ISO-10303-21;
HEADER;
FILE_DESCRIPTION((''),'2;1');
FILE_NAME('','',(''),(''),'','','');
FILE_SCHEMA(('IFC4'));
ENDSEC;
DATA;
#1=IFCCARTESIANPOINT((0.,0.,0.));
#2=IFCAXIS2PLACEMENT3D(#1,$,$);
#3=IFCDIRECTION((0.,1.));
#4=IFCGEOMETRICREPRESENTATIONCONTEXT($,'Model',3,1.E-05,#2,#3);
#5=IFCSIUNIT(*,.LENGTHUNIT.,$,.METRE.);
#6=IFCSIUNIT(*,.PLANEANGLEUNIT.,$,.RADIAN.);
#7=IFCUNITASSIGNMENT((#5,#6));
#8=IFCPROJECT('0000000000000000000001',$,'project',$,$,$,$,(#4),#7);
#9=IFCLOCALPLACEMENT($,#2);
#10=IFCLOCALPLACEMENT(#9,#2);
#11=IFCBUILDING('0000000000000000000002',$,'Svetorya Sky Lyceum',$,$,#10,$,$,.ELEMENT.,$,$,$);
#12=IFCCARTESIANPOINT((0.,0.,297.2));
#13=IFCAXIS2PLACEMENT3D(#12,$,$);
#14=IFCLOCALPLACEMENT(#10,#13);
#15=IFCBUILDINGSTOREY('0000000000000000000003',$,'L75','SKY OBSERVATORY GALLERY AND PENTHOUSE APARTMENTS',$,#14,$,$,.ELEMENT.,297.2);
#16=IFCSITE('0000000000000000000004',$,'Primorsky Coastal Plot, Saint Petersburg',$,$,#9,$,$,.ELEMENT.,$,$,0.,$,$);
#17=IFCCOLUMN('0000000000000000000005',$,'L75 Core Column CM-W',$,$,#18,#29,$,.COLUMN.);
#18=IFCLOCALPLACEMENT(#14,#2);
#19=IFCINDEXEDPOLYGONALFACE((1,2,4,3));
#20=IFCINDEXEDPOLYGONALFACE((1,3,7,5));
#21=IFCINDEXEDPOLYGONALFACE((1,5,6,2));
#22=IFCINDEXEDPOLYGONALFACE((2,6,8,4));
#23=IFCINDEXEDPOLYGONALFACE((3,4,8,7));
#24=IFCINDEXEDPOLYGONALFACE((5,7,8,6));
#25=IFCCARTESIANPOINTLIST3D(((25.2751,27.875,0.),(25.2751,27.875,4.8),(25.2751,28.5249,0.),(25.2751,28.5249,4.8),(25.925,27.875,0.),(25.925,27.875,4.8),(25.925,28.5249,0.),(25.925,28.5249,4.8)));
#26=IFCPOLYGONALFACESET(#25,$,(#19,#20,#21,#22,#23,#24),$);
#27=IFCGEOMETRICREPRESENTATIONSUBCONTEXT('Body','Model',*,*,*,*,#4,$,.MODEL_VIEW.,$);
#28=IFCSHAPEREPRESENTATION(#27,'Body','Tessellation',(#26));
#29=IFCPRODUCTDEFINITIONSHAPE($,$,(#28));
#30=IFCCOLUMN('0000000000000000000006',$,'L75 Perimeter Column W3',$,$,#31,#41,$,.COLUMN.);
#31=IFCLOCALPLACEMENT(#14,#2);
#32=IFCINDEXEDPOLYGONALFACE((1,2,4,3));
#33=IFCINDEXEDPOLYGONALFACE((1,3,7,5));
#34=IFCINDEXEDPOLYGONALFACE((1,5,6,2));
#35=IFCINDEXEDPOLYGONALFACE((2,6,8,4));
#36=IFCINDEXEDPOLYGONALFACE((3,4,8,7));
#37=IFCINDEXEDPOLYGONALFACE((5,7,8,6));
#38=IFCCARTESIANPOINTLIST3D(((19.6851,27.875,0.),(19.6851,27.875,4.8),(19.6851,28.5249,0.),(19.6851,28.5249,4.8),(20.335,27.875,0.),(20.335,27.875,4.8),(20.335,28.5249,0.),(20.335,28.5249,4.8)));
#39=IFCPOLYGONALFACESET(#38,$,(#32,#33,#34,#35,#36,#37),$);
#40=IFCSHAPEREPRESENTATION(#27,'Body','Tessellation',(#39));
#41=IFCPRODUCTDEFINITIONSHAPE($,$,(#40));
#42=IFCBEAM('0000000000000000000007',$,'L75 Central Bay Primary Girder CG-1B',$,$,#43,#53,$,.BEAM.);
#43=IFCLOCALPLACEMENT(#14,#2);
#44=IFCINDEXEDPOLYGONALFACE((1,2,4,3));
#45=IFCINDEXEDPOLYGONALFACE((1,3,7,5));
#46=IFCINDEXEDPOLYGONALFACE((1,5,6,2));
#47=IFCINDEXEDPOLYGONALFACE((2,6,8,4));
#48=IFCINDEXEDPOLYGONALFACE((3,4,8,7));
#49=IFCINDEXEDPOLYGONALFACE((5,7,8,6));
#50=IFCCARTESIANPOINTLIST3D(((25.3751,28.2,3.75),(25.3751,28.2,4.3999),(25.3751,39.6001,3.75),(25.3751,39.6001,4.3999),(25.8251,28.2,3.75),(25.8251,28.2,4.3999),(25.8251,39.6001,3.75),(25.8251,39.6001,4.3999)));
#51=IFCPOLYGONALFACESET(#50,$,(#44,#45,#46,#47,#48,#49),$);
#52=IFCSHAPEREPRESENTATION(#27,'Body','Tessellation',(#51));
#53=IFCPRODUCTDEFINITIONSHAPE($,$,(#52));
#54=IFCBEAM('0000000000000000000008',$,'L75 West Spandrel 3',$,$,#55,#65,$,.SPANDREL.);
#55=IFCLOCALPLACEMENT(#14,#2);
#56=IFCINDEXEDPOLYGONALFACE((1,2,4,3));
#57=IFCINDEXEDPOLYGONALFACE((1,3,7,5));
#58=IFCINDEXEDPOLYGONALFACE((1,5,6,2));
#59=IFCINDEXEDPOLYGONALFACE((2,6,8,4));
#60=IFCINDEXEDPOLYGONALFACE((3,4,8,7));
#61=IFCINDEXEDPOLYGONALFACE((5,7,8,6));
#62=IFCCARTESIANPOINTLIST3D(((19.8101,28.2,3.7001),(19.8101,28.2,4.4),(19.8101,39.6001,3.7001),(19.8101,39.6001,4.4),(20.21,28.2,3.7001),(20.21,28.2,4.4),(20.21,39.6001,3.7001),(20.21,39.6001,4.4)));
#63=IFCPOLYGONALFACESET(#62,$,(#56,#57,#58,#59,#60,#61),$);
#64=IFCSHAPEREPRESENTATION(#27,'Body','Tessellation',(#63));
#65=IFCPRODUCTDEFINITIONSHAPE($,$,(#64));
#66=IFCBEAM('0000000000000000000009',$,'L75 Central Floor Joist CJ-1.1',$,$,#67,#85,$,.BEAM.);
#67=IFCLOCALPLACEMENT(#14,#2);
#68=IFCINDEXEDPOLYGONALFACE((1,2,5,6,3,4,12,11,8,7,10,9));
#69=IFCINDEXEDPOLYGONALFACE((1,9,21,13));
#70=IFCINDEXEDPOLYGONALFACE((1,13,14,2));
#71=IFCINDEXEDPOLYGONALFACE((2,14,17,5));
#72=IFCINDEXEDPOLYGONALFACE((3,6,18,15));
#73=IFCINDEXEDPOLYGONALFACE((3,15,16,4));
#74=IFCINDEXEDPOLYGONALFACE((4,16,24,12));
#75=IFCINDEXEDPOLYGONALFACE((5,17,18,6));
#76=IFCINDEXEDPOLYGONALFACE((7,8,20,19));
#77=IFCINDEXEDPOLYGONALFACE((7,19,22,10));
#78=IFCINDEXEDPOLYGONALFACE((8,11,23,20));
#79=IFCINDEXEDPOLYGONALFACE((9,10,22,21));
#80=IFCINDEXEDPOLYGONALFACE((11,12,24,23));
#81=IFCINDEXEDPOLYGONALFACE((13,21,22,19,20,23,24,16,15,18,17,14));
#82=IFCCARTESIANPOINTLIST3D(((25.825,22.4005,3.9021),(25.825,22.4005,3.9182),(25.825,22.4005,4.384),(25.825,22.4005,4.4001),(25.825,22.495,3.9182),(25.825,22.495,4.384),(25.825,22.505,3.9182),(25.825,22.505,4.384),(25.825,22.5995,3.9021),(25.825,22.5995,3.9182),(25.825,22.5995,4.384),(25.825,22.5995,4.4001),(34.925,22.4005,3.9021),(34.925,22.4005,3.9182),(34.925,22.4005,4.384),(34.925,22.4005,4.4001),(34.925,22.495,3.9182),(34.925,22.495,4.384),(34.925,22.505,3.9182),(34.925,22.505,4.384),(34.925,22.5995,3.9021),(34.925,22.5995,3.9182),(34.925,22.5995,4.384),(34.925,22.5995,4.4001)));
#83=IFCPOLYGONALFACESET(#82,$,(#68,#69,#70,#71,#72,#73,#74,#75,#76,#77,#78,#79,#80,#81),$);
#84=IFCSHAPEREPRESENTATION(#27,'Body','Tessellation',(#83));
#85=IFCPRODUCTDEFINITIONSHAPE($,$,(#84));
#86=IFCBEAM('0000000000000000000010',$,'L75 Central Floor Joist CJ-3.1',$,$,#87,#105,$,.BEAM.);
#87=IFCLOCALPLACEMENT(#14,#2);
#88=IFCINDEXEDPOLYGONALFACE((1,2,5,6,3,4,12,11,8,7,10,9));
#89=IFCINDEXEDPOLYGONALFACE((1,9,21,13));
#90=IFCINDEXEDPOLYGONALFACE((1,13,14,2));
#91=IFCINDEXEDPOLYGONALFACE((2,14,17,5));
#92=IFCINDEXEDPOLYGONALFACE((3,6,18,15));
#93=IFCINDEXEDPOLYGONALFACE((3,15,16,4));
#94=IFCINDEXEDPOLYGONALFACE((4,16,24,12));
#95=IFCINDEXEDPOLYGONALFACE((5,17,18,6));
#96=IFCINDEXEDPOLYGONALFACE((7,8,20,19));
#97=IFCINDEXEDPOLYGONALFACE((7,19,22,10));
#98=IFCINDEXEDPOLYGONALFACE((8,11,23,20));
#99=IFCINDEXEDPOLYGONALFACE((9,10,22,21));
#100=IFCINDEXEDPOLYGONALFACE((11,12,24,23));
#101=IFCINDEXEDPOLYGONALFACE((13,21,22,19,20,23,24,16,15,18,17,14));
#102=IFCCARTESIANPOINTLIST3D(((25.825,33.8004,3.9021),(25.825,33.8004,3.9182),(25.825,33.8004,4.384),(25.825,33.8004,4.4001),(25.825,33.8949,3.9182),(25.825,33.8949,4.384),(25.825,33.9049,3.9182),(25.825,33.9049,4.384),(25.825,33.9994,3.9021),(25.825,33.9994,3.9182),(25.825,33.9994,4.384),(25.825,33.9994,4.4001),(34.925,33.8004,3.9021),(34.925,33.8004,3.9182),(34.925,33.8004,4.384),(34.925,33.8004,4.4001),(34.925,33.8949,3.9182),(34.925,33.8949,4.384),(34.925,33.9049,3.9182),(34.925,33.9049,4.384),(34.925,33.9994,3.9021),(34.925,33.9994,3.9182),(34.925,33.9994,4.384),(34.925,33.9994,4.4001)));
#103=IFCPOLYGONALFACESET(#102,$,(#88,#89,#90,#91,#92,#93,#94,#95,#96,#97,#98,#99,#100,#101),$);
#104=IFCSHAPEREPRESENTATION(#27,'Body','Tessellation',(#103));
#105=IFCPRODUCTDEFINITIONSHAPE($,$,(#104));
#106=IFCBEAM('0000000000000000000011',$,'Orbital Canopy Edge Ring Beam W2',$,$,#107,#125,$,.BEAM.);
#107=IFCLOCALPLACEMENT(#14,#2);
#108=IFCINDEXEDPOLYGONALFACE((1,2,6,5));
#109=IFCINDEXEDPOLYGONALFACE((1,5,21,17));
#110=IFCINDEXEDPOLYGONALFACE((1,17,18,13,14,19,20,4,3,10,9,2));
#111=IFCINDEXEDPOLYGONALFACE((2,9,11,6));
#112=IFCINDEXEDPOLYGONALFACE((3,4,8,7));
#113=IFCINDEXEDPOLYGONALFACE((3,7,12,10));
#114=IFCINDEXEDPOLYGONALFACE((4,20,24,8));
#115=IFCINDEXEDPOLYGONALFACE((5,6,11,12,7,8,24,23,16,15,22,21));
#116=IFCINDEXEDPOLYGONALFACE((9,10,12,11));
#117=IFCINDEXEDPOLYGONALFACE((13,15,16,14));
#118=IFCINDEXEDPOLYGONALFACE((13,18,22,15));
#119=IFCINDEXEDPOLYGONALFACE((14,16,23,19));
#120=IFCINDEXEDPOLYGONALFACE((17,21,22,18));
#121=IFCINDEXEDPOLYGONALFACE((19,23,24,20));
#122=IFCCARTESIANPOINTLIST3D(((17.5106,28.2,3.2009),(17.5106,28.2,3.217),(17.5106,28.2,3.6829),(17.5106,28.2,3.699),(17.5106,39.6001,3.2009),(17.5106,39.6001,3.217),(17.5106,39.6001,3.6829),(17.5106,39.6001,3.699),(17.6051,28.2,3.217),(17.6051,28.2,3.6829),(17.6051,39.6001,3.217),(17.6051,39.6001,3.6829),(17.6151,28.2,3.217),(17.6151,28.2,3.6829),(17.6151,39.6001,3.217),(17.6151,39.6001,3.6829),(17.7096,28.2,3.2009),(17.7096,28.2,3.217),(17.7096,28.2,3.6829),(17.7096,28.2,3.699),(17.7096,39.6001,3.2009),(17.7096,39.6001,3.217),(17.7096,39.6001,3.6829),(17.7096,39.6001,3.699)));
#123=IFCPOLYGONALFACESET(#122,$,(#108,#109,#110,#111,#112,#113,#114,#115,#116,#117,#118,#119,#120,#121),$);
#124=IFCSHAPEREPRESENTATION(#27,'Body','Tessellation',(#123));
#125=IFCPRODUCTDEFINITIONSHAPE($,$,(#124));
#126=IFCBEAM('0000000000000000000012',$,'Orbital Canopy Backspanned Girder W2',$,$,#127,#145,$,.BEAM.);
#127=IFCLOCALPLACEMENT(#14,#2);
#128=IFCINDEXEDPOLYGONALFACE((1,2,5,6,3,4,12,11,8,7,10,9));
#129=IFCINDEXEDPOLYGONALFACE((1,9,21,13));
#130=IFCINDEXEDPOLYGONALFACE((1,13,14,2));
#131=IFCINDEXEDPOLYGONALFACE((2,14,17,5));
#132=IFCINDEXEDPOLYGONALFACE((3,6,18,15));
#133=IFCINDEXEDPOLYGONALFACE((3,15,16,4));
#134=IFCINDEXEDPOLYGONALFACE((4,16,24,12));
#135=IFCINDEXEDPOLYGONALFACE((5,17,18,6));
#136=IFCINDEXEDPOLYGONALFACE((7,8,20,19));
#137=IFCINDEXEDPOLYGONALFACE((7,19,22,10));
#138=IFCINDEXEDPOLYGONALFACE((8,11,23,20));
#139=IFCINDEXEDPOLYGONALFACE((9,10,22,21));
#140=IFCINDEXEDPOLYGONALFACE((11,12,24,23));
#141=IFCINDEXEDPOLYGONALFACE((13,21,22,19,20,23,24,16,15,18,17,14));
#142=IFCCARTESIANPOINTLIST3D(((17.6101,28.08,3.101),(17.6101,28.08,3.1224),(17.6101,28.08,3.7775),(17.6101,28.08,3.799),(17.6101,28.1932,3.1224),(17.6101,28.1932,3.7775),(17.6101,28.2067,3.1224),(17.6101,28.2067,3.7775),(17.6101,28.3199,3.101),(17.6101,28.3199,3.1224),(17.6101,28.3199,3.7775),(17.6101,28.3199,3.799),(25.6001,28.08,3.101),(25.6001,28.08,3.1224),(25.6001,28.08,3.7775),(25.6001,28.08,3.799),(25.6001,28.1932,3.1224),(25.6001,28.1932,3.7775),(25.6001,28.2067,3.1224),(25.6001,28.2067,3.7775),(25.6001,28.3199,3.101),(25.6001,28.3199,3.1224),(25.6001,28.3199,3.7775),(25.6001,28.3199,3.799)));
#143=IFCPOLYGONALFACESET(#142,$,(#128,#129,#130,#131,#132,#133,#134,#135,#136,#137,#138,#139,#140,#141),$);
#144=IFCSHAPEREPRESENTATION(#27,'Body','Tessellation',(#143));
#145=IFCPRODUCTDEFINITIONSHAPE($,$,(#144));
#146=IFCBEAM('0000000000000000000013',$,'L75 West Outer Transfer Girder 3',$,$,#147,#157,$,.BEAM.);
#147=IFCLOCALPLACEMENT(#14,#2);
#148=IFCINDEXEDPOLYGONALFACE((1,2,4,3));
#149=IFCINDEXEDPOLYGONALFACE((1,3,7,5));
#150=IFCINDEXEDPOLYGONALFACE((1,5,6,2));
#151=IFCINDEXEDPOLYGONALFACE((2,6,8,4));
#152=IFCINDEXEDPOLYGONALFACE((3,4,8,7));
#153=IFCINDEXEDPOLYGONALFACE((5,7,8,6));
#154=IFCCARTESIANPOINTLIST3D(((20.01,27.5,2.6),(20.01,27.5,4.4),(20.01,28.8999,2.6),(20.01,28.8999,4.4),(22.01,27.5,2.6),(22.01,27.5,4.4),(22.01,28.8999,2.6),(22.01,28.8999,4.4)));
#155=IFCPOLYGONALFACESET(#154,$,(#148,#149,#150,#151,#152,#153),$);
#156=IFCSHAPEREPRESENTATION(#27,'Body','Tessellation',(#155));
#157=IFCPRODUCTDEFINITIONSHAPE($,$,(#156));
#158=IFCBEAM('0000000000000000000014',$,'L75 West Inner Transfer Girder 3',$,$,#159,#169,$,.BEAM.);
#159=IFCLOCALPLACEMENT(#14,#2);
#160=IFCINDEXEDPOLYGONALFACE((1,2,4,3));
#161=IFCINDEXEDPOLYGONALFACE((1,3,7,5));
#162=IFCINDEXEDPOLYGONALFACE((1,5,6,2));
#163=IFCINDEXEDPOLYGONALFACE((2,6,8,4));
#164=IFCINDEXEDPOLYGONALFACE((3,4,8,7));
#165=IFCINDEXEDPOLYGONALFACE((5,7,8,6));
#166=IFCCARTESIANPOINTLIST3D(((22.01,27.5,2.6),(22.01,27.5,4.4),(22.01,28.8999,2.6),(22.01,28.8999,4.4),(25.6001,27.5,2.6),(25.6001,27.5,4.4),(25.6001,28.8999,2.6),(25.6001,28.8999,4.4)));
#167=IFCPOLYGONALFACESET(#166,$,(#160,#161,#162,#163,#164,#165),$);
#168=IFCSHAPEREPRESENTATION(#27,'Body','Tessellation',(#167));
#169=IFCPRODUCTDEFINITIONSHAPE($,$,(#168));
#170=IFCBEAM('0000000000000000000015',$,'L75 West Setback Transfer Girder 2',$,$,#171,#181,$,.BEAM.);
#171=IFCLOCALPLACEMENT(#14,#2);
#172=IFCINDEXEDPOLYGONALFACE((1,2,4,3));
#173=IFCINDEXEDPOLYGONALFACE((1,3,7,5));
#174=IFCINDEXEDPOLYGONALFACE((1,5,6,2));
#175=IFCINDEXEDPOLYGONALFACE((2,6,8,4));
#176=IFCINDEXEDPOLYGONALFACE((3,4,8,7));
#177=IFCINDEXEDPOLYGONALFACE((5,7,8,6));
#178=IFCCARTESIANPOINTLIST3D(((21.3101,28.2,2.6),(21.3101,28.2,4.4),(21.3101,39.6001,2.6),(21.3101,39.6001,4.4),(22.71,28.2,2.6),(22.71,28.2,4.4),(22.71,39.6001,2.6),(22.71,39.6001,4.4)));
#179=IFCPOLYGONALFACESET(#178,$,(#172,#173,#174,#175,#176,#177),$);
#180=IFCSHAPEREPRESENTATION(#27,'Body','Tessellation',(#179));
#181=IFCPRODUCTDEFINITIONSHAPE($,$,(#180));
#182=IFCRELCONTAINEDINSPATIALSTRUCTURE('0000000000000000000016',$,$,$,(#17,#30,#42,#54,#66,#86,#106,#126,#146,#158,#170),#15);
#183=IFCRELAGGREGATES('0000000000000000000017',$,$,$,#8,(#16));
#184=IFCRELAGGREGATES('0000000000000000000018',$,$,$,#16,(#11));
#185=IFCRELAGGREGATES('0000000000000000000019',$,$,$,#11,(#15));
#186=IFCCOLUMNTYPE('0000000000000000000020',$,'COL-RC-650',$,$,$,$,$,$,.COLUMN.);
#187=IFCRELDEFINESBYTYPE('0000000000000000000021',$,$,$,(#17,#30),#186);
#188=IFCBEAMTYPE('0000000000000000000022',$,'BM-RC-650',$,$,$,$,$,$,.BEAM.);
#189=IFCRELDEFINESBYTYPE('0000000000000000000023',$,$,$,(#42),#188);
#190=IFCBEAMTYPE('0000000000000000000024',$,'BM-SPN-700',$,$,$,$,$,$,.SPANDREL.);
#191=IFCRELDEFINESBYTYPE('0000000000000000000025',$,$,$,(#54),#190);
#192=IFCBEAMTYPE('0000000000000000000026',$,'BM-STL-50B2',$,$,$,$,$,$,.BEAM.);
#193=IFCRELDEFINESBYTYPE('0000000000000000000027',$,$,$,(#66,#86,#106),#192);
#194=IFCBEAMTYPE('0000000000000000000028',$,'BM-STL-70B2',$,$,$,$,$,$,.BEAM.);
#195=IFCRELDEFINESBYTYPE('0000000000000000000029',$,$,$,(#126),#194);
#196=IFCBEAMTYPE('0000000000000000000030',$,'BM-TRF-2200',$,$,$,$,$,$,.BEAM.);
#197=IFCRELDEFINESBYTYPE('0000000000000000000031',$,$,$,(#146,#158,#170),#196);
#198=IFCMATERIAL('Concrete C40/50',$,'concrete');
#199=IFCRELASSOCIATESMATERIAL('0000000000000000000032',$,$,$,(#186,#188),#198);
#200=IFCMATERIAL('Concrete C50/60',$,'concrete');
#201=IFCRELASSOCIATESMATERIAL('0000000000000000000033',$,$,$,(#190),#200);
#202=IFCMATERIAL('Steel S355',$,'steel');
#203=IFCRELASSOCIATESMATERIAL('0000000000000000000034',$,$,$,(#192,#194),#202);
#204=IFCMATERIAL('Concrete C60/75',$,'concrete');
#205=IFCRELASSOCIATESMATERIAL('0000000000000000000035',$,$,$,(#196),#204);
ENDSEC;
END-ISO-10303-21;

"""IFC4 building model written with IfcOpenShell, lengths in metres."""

from ifc_helpers import new_model, si_unit, direction, frame, origin, origin_2d, place, context, subcontext, project, spatial, rectangle, i_section, extrude, material, material_profile, profile_set, type_object, element, save


model = new_model("IFC4")

# Units and contexts
model_context = context("Model", 3, precision=1e-05, world=origin(), true_north=direction((0.0, 1.0)))
body_context = subcontext(model_context, "Body", "Model", "MODEL_VIEW")
ifc_project = project(units=[si_unit("LENGTHUNIT", "METRE"), si_unit("PLANEANGLEUNIT", "RADIAN")], contexts=[model_context])

# Site, building, storey
site_placement = place(None, origin())
site = spatial("IfcSite", under=ifc_project, at=site_placement, Name="Primorsky Coastal Plot, Saint Petersburg", CompositionType="ELEMENT", RefElevation=0.0)
building_placement = place(site_placement, origin())
building = spatial("IfcBuilding", under=site, at=building_placement, Name="Svetorya Sky Lyceum", CompositionType="ELEMENT")
storey_placement = place(building_placement, frame((0.0, 0.0, 297.2)))
storey = spatial("IfcBuildingStorey", under=building, at=storey_placement, Name="L75", Description="SKY OBSERVATORY GALLERY AND PENTHOUSE APARTMENTS", CompositionType="ELEMENT", Elevation=297.2)

# Columns
ifc_material_1 = material(Name="Concrete C40/50", Category="concrete")
ifc_material_profile_1 = material_profile(ifc_material_1, rectangle(XDim=0.6499, YDim=0.6499, at=origin_2d()), Name="RC COL 650x650")
ifc_profile_set_1 = profile_set([ifc_material_profile_1], Name="Concrete C40/50")
column_type = type_object("IfcColumnType", Name="COL-RC-650", PredefinedType="COLUMN", material=ifc_profile_set_1)
for number, where, z_axis, x_axis, name in (
    (1, (25.6001, 28.2, 0.0), (0.0, 0.0, 1.0), (1.0, 0.0, 0.0), "L75 Core Column CM-W"),
    (2, (20.01, 28.2, 0.0), (0.0, 0.0, 1.0), (1.0, 0.0, 0.0), "L75 Perimeter Column W3"),
):
    element("IfcColumn", number, at=place(storey_placement, frame(where, z_axis=z_axis, x_axis=x_axis)), inside=storey, type_object=column_type, Name=name, PredefinedType="COLUMN", context=body_context, shape_type="SweptSolid", body=[
        extrude(rectangle(XDim=0.6499, YDim=0.6499, at=origin_2d()), origin(), (0.0, 0.0, 1.0), 4.8),
    ])

# Beams
ifc_material_profile_2 = material_profile(ifc_material_1, rectangle(XDim=0.45, YDim=0.6499, at=origin_2d()), Name="RC BEAM 450x650")
ifc_profile_set_2 = profile_set([ifc_material_profile_2], Name="Concrete C40/50")
beam_type_1 = type_object("IfcBeamType", Name="BM-RC-650", PredefinedType="BEAM", material=ifc_profile_set_2)
beam_1_placement = place(storey_placement, frame((25.6001, 28.2, 4.075), z_axis=(0.0, 1.0, 0.0), x_axis=(-1.0, 0.0, 0.0)))
element("IfcBeam", 3, at=beam_1_placement, inside=storey, type_object=beam_type_1, Name="L75 Central Bay Primary Girder CG-1B", PredefinedType="BEAM", context=body_context, shape_type="SweptSolid", body=[
    extrude(rectangle(XDim=0.45, YDim=0.6499, at=origin_2d()), origin(), (0.0, 0.0, 1.0), 11.4001),
])
ifc_material_2 = material(Name="Concrete C50/60", Category="concrete")
ifc_material_profile_3 = material_profile(ifc_material_2, rectangle(XDim=0.3999, YDim=0.7, at=origin_2d()), Name="RC SPANDREL 400x700")
ifc_profile_set_3 = profile_set([ifc_material_profile_3], Name="Concrete C50/60")
beam_type_2 = type_object("IfcBeamType", Name="BM-SPN-700", PredefinedType="SPANDREL", material=ifc_profile_set_3)
beam_2_placement = place(storey_placement, frame((20.01, 28.2, 4.05), z_axis=(0.0, 1.0, 0.0), x_axis=(-1.0, 0.0, 0.0)))
element("IfcBeam", 4, at=beam_2_placement, inside=storey, type_object=beam_type_2, Name="L75 West Spandrel 3", PredefinedType="SPANDREL", context=body_context, shape_type="SweptSolid", body=[
    extrude(rectangle(XDim=0.3999, YDim=0.7, at=origin_2d()), origin(), (0.0, 0.0, 1.0), 11.4001),
])
ifc_material_3 = material(Name="Steel S355", Category="steel")
ifc_material_profile_4 = material_profile(ifc_material_3, i_section(OverallWidth=0.199, OverallDepth=0.498, WebThickness=0.01, FlangeThickness=0.0161, at=origin_2d()), Name="GOST 50B2")
ifc_profile_set_4 = profile_set([ifc_material_profile_4], Name="Steel S355")
beam_type_3 = type_object("IfcBeamType", Name="BM-STL-50B2", PredefinedType="BEAM", material=ifc_profile_set_4)
for number, where, z_axis, x_axis, name in (
    (5, (25.825, 22.5, 4.1511), (1.0, 0.0, 0.0), (0.0, 1.0, 0.0), "L75 Central Floor Joist CJ-1.1"),
    (6, (25.825, 33.8999, 4.1511), (1.0, 0.0, 0.0), (0.0, 1.0, 0.0), "L75 Central Floor Joist CJ-3.1"),
):
    element("IfcBeam", number, at=place(storey_placement, frame(where, z_axis=z_axis, x_axis=x_axis)), inside=storey, type_object=beam_type_3, Name=name, PredefinedType="BEAM", context=body_context, shape_type="SweptSolid", body=[
        extrude(i_section(OverallWidth=0.199, OverallDepth=0.498, WebThickness=0.01, FlangeThickness=0.0161, at=origin_2d()), origin(), (0.0, 0.0, 1.0), 9.1001),
    ])
beam_3_placement = place(storey_placement, frame((17.6101, 28.2, 3.45), z_axis=(0.0, 1.0, 0.0), x_axis=(-1.0, 0.0, 0.0)))
element("IfcBeam", 7, at=beam_3_placement, inside=storey, type_object=beam_type_3, Name="Orbital Canopy Edge Ring Beam W2", PredefinedType="BEAM", context=body_context, shape_type="SweptSolid", body=[
    extrude(i_section(OverallWidth=0.199, OverallDepth=0.498, WebThickness=0.01, FlangeThickness=0.0161, at=origin_2d()), origin(), (0.0, 0.0, 1.0), 11.4001),
])
ifc_material_profile_5 = material_profile(ifc_material_3, i_section(OverallWidth=0.24, OverallDepth=0.698, WebThickness=0.0134, FlangeThickness=0.0215, at=origin_2d()), Name="GOST 70B2")
ifc_profile_set_5 = profile_set([ifc_material_profile_5], Name="Steel S355")
beam_type_4 = type_object("IfcBeamType", Name="BM-STL-70B2", PredefinedType="BEAM", material=ifc_profile_set_5)
beam_4_placement = place(storey_placement, frame((25.6001, 28.2, 3.45), z_axis=(-1.0, 0.0, 0.0), x_axis=(0.0, -1.0, 0.0)))
element("IfcBeam", 8, at=beam_4_placement, inside=storey, type_object=beam_type_4, Name="Orbital Canopy Backspanned Girder W2", PredefinedType="BEAM", context=body_context, shape_type="SweptSolid", body=[
    extrude(i_section(OverallWidth=0.24, OverallDepth=0.698, WebThickness=0.0134, FlangeThickness=0.0215, at=origin_2d()), origin(), (0.0, 0.0, 1.0), 7.99),
])
ifc_material_4 = material(Name="Concrete C60/75", Category="concrete")
ifc_material_profile_6 = material_profile(ifc_material_4, rectangle(XDim=1.3999, YDim=1.8, at=origin_2d()), Name="RC TRANSFER 1400x1800")
ifc_profile_set_6 = profile_set([ifc_material_profile_6], Name="Concrete C60/75")
beam_type_5 = type_object("IfcBeamType", Name="BM-TRF-2200", PredefinedType="BEAM", material=ifc_profile_set_6)
beam_5_placement = place(storey_placement, frame((20.01, 28.2, 3.5), z_axis=(1.0, 0.0, 0.0), x_axis=(0.0, 1.0, 0.0)))
element("IfcBeam", 9, at=beam_5_placement, inside=storey, type_object=beam_type_5, Name="L75 West Outer Transfer Girder 3", PredefinedType="BEAM", context=body_context, shape_type="SweptSolid", body=[
    extrude(rectangle(XDim=1.3999, YDim=1.8, at=origin_2d()), origin(), (0.0, 0.0, 1.0), 2.0),
])
beam_6_placement = place(storey_placement, frame((22.01, 28.2, 3.5), z_axis=(1.0, 0.0, 0.0), x_axis=(0.0, 1.0, 0.0)))
element("IfcBeam", 10, at=beam_6_placement, inside=storey, type_object=beam_type_5, Name="L75 West Inner Transfer Girder 3", PredefinedType="BEAM", context=body_context, shape_type="SweptSolid", body=[
    extrude(rectangle(XDim=1.3999, YDim=1.8, at=origin_2d()), origin(), (0.0, 0.0, 1.0), 3.5901),
])
beam_7_placement = place(storey_placement, frame((22.01, 28.2, 3.5), z_axis=(0.0, 1.0, 0.0), x_axis=(-1.0, 0.0, 0.0)))
element("IfcBeam", 11, at=beam_7_placement, inside=storey, type_object=beam_type_5, Name="L75 West Setback Transfer Girder 2", PredefinedType="BEAM", context=body_context, shape_type="SweptSolid", body=[
    extrude(rectangle(XDim=1.3999, YDim=1.8, at=origin_2d()), origin(), (0.0, 0.0, 1.0), 11.4001),
])

save(model, "model.ifc")
